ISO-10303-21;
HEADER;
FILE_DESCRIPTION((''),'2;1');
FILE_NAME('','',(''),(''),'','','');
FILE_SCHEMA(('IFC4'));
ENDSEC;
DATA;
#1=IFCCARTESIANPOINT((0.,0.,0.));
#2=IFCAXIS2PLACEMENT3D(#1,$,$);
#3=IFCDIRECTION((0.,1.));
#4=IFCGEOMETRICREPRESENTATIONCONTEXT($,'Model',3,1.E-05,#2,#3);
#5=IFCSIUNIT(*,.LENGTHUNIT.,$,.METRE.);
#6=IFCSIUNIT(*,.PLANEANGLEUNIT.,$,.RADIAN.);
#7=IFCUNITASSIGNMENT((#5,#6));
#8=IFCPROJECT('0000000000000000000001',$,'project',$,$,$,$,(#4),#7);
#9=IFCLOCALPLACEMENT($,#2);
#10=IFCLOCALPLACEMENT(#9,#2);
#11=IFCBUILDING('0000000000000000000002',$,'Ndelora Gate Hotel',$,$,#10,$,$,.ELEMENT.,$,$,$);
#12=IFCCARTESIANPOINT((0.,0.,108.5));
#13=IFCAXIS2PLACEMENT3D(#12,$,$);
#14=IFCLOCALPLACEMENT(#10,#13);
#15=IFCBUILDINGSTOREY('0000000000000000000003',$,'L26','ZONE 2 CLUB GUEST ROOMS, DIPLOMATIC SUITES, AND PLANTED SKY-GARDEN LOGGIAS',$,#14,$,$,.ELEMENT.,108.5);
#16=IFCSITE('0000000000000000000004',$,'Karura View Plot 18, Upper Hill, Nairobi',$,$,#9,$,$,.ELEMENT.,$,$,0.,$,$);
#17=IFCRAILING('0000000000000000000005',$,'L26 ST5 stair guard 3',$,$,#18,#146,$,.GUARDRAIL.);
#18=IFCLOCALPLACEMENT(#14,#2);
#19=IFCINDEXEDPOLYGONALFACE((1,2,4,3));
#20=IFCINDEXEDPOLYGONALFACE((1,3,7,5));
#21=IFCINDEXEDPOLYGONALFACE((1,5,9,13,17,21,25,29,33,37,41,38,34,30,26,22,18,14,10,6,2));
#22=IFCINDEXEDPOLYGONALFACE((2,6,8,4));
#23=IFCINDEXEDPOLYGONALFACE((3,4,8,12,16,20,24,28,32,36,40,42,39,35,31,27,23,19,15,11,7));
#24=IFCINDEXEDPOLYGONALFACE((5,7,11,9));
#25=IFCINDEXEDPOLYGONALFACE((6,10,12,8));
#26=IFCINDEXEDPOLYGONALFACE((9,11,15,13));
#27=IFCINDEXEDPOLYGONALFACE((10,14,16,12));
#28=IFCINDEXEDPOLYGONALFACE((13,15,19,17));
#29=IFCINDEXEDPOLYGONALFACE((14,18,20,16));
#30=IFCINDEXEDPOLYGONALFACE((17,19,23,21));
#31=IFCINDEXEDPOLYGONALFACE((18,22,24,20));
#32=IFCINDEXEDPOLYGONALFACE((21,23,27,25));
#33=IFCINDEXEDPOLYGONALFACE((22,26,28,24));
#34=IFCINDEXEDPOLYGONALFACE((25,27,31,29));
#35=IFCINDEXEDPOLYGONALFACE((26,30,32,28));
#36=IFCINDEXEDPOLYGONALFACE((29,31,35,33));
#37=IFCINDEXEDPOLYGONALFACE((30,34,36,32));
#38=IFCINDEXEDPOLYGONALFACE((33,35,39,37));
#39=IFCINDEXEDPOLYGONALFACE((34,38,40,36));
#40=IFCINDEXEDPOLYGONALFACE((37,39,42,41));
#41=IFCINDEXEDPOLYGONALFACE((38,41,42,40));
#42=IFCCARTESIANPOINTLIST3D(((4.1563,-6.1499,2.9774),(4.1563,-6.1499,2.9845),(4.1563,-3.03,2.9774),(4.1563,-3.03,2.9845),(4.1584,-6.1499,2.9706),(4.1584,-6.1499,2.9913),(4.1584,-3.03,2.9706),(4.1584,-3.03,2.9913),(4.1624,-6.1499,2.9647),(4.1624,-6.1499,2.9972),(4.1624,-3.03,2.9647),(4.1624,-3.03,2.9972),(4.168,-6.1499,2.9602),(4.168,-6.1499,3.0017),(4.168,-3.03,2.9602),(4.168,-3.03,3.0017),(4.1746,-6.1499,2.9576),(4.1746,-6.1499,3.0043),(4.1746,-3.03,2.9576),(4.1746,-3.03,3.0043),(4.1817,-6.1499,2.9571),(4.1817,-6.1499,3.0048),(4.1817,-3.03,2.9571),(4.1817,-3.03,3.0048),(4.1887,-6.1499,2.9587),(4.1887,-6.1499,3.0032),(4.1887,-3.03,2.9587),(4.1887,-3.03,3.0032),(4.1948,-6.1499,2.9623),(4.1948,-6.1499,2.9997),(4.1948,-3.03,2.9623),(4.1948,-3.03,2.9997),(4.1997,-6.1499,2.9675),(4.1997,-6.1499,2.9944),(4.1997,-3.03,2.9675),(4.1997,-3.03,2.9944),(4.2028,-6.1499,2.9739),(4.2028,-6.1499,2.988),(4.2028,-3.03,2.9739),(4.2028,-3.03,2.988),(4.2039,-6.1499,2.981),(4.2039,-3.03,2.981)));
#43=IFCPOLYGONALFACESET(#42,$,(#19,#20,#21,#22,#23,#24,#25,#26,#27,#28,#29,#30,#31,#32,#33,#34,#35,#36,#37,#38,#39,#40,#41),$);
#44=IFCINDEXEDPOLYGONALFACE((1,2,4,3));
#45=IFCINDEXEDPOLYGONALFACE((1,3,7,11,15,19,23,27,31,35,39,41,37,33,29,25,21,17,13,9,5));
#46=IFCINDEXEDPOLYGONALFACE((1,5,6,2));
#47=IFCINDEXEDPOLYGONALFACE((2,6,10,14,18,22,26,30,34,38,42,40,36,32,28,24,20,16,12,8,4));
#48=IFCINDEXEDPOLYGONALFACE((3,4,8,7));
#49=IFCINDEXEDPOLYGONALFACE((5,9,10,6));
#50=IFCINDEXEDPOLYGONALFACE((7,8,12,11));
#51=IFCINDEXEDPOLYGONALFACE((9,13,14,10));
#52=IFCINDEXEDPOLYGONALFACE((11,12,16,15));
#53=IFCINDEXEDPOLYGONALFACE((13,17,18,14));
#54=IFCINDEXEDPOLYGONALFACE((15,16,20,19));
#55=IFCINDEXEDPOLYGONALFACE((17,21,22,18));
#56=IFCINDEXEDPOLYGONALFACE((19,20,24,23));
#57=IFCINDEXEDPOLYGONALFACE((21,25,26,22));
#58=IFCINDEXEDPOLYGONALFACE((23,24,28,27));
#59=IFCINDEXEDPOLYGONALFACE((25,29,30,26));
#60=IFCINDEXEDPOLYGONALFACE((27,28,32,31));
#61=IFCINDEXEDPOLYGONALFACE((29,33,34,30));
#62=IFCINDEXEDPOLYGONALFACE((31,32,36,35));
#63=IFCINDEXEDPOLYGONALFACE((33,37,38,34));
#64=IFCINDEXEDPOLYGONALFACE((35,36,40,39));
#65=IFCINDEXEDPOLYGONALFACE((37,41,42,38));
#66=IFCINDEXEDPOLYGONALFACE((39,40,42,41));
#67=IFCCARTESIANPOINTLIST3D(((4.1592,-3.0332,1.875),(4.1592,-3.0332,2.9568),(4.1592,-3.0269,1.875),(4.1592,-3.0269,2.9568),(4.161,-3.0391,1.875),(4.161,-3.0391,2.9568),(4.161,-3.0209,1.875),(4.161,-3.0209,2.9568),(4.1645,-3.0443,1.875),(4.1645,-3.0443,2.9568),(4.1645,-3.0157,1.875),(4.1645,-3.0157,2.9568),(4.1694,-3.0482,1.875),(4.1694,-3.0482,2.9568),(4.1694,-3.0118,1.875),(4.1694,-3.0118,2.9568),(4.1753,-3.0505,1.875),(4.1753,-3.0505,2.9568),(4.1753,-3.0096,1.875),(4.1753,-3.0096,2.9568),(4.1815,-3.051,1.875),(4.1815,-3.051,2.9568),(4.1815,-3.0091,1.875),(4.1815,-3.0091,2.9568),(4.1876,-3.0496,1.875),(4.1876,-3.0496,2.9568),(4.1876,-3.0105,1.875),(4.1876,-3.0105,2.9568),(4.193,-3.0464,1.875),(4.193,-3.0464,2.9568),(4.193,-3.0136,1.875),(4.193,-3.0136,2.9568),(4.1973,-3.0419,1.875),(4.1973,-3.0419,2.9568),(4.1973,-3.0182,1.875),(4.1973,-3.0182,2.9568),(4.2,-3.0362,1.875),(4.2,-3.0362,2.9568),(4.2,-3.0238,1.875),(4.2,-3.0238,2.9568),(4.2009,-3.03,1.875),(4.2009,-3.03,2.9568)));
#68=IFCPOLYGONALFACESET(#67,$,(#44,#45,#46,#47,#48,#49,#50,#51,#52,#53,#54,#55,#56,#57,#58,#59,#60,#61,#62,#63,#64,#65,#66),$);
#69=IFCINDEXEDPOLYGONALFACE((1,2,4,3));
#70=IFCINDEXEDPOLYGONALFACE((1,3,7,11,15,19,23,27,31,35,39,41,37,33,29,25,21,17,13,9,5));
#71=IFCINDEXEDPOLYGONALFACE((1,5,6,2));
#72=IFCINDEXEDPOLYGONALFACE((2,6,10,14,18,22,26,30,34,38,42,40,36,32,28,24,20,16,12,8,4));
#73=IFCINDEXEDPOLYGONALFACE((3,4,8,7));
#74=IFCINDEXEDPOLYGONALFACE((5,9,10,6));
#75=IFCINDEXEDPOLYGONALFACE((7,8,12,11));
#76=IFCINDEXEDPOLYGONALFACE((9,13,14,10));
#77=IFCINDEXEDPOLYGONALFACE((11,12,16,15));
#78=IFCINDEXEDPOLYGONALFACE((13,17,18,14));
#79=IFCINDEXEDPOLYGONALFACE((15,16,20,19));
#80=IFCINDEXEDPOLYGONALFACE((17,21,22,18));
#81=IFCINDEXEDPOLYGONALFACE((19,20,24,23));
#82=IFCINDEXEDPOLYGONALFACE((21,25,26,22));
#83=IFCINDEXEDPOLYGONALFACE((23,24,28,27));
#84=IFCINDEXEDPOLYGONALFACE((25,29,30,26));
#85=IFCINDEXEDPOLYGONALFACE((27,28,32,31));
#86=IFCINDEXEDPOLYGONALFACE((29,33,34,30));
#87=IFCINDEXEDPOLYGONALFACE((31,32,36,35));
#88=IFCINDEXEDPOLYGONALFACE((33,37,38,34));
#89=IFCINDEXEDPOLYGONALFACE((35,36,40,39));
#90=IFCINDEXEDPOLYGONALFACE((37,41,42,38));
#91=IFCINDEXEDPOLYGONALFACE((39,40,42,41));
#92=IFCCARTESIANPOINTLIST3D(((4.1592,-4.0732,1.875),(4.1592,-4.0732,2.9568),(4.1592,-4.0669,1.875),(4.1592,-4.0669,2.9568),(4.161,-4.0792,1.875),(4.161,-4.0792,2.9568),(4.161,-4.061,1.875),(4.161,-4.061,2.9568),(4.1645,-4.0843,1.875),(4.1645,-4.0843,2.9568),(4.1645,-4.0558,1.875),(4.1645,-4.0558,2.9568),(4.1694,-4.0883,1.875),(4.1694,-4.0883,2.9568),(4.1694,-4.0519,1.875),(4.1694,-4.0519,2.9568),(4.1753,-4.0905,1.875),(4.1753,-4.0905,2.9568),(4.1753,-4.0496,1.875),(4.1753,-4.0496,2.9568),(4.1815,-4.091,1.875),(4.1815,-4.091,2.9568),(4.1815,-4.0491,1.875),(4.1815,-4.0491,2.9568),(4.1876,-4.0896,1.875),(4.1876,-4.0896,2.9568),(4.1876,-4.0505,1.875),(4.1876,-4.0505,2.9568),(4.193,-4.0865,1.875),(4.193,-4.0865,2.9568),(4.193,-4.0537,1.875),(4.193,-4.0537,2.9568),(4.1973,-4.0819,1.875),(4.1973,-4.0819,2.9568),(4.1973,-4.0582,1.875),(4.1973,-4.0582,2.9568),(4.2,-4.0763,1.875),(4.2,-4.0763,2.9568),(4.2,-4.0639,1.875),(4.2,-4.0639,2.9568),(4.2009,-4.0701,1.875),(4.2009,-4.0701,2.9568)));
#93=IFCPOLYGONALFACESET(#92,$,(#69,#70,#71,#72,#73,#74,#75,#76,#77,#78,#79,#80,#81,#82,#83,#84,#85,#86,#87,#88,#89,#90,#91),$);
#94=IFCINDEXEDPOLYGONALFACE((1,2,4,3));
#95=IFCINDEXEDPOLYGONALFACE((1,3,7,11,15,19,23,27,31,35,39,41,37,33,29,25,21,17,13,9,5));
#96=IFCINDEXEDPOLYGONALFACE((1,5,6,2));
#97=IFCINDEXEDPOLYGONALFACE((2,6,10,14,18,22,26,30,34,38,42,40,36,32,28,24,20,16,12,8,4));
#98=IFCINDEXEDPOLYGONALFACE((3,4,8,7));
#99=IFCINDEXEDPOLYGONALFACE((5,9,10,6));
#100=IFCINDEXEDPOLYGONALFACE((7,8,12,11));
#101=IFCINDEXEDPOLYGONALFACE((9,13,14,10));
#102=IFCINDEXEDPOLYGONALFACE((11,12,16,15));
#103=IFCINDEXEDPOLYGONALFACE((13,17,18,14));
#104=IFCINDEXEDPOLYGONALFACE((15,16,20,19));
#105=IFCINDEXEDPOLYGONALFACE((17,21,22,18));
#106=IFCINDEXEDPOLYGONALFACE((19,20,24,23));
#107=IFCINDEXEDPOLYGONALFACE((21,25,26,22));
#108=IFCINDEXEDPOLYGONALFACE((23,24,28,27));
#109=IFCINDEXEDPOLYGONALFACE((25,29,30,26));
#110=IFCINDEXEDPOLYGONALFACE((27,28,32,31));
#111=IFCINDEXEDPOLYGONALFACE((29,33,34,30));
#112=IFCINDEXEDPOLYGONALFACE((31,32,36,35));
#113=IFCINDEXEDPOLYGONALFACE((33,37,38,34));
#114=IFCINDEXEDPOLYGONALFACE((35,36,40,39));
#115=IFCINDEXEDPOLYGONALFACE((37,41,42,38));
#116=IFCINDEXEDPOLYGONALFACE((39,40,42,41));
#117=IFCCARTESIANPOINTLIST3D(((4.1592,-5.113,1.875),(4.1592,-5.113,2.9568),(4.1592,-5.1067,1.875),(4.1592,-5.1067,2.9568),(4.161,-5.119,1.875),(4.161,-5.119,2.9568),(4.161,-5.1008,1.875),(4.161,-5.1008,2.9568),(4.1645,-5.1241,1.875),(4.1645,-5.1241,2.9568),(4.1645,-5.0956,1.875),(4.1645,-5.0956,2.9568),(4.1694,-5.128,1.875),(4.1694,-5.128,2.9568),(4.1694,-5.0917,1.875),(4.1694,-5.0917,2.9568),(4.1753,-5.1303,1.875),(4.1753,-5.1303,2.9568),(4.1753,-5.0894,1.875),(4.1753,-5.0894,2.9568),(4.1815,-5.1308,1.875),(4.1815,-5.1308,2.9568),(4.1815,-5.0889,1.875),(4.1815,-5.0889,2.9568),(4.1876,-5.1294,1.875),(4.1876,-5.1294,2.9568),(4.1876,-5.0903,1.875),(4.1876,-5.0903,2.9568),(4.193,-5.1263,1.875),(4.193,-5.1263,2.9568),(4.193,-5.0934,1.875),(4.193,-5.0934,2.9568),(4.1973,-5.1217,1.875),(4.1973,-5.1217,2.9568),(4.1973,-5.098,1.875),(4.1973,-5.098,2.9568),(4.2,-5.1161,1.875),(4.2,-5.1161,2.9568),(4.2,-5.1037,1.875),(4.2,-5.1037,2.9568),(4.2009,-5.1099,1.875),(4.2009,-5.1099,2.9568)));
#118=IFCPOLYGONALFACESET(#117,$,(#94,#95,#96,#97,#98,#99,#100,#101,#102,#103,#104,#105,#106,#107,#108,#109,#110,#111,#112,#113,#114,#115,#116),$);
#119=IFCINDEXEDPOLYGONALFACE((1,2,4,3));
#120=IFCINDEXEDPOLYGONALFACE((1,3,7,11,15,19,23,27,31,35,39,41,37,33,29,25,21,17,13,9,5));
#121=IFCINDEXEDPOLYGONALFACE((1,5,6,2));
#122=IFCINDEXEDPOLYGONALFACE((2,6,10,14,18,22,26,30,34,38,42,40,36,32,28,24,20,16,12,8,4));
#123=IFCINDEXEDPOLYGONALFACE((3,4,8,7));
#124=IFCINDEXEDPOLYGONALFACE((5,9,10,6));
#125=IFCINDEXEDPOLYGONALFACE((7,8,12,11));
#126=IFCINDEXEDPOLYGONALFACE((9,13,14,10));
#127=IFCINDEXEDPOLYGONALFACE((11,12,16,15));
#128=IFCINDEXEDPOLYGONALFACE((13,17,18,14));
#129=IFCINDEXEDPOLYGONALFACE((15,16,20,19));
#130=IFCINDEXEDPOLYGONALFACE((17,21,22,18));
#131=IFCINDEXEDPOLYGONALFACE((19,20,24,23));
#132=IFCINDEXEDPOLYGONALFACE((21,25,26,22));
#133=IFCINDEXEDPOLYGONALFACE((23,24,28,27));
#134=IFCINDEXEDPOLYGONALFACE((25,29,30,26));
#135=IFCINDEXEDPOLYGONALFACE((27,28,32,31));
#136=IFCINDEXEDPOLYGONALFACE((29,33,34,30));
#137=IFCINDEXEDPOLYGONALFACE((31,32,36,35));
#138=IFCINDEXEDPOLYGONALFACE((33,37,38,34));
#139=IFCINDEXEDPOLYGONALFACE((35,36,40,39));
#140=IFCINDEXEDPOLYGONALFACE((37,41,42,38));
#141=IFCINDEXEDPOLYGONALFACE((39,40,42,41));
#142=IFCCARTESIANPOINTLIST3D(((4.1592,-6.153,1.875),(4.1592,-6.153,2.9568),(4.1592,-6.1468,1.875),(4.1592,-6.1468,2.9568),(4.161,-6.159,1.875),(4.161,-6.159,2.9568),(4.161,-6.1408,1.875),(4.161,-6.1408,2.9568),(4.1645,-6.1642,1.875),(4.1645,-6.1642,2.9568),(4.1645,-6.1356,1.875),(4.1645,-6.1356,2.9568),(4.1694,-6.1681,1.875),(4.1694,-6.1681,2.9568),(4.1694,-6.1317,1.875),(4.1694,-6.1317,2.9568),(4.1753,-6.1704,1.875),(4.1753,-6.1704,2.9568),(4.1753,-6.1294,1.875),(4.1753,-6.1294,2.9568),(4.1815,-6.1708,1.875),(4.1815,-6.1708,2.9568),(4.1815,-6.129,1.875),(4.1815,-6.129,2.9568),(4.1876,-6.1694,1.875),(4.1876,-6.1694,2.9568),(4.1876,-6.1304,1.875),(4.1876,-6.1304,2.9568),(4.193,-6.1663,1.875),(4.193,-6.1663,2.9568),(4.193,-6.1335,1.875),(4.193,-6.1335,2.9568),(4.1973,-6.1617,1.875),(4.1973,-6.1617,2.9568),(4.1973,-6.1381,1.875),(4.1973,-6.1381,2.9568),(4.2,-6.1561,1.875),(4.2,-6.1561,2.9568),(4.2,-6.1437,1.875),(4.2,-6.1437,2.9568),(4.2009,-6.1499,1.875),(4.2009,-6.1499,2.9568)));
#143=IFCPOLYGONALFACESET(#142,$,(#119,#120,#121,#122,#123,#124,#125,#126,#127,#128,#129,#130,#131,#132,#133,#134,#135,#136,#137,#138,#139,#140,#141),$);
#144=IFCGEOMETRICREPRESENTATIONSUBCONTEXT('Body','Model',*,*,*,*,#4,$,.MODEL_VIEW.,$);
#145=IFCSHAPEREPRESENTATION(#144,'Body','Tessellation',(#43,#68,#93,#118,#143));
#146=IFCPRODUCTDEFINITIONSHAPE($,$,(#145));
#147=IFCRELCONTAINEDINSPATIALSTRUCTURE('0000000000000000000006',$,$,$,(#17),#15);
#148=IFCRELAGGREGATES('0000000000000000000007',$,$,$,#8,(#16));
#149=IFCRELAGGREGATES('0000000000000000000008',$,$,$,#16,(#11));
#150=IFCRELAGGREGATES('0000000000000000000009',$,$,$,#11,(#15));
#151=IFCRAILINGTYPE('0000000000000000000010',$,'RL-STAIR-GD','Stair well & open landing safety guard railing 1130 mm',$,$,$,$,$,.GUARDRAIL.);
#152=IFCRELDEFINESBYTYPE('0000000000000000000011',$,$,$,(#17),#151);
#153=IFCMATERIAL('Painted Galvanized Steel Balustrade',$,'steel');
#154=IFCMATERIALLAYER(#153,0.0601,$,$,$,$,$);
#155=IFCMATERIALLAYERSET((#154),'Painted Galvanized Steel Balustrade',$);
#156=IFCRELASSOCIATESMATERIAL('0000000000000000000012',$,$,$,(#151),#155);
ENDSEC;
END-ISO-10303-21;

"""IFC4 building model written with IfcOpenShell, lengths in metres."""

from ifc_helpers import new_model, si_unit, direction, frame, origin, origin_2d, place, context, subcontext, project, spatial, circle, extrude, material, layer, layer_set, type_object, element, save


model = new_model("IFC4")

# Units and contexts
model_context = context("Model", 3, precision=1e-05, world=origin(), true_north=direction((0.0, 1.0)))
body_context = subcontext(model_context, "Body", "Model", "MODEL_VIEW")
ifc_project = project(units=[si_unit("LENGTHUNIT", "METRE"), si_unit("PLANEANGLEUNIT", "RADIAN")], contexts=[model_context])

# Site, building, storey
site_placement = place(None, origin())
site = spatial("IfcSite", under=ifc_project, at=site_placement, Name="Karura View Plot 18, Upper Hill, Nairobi", CompositionType="ELEMENT", RefElevation=0.0)
building_placement = place(site_placement, origin())
building = spatial("IfcBuilding", under=site, at=building_placement, Name="Ndelora Gate Hotel", CompositionType="ELEMENT")
storey_placement = place(building_placement, frame((0.0, 0.0, 108.5)))
storey = spatial("IfcBuildingStorey", under=building, at=storey_placement, Name="L26", Description="ZONE 2 CLUB GUEST ROOMS, DIPLOMATIC SUITES, AND PLANTED SKY-GARDEN LOGGIAS", CompositionType="ELEMENT", Elevation=108.5)

# Railing
ifc_material_1 = material(Name="Painted Galvanized Steel Balustrade", Category="steel")
ifc_layer_1 = layer(ifc_material_1, 0.0601)
ifc_layer_set_1 = layer_set([ifc_layer_1], Name="Painted Galvanized Steel Balustrade")
railing_type_1 = type_object("IfcRailingType", Name="RL-STAIR-GD", Description="Stair well & open landing safety guard railing 1130 mm", PredefinedType="GUARDRAIL", material=ifc_layer_set_1)
for number, where, name in (
    (1, (4.1799, -3.03, 1.875), "L26 ST5 stair guard 3"),
):
    element("IfcRailing", number, at=place(storey_placement, frame(where)), inside=storey, type_object=railing_type_1, Name=name, PredefinedType="GUARDRAIL", context=body_context, shape_type="SweptSolid", body=[
        extrude(circle(Radius=0.0239, at=origin_2d()), frame((0.0, 0.0, 1.106), z_axis=(0.0, -1.0, 0.0), x_axis=(1.0, 0.0, 0.0)), (0.0, 0.0, 1.0), 3.1199),
        extrude(circle(Radius=0.021, at=origin_2d()), origin(), (0.0, 0.0, 1.0), 1.0818),
        extrude(circle(Radius=0.021, at=origin_2d()), frame((0.0, -1.04, 0.0)), (0.0, 0.0, 1.0), 1.0818),
        extrude(circle(Radius=0.021, at=origin_2d()), frame((0.0, -2.0798, 0.0)), (0.0, 0.0, 1.0), 1.0818),
        extrude(circle(Radius=0.021, at=origin_2d()), frame((0.0, -3.1199, 0.0)), (0.0, 0.0, 1.0), 1.0818),
    ])

save(model, "model.ifc")
